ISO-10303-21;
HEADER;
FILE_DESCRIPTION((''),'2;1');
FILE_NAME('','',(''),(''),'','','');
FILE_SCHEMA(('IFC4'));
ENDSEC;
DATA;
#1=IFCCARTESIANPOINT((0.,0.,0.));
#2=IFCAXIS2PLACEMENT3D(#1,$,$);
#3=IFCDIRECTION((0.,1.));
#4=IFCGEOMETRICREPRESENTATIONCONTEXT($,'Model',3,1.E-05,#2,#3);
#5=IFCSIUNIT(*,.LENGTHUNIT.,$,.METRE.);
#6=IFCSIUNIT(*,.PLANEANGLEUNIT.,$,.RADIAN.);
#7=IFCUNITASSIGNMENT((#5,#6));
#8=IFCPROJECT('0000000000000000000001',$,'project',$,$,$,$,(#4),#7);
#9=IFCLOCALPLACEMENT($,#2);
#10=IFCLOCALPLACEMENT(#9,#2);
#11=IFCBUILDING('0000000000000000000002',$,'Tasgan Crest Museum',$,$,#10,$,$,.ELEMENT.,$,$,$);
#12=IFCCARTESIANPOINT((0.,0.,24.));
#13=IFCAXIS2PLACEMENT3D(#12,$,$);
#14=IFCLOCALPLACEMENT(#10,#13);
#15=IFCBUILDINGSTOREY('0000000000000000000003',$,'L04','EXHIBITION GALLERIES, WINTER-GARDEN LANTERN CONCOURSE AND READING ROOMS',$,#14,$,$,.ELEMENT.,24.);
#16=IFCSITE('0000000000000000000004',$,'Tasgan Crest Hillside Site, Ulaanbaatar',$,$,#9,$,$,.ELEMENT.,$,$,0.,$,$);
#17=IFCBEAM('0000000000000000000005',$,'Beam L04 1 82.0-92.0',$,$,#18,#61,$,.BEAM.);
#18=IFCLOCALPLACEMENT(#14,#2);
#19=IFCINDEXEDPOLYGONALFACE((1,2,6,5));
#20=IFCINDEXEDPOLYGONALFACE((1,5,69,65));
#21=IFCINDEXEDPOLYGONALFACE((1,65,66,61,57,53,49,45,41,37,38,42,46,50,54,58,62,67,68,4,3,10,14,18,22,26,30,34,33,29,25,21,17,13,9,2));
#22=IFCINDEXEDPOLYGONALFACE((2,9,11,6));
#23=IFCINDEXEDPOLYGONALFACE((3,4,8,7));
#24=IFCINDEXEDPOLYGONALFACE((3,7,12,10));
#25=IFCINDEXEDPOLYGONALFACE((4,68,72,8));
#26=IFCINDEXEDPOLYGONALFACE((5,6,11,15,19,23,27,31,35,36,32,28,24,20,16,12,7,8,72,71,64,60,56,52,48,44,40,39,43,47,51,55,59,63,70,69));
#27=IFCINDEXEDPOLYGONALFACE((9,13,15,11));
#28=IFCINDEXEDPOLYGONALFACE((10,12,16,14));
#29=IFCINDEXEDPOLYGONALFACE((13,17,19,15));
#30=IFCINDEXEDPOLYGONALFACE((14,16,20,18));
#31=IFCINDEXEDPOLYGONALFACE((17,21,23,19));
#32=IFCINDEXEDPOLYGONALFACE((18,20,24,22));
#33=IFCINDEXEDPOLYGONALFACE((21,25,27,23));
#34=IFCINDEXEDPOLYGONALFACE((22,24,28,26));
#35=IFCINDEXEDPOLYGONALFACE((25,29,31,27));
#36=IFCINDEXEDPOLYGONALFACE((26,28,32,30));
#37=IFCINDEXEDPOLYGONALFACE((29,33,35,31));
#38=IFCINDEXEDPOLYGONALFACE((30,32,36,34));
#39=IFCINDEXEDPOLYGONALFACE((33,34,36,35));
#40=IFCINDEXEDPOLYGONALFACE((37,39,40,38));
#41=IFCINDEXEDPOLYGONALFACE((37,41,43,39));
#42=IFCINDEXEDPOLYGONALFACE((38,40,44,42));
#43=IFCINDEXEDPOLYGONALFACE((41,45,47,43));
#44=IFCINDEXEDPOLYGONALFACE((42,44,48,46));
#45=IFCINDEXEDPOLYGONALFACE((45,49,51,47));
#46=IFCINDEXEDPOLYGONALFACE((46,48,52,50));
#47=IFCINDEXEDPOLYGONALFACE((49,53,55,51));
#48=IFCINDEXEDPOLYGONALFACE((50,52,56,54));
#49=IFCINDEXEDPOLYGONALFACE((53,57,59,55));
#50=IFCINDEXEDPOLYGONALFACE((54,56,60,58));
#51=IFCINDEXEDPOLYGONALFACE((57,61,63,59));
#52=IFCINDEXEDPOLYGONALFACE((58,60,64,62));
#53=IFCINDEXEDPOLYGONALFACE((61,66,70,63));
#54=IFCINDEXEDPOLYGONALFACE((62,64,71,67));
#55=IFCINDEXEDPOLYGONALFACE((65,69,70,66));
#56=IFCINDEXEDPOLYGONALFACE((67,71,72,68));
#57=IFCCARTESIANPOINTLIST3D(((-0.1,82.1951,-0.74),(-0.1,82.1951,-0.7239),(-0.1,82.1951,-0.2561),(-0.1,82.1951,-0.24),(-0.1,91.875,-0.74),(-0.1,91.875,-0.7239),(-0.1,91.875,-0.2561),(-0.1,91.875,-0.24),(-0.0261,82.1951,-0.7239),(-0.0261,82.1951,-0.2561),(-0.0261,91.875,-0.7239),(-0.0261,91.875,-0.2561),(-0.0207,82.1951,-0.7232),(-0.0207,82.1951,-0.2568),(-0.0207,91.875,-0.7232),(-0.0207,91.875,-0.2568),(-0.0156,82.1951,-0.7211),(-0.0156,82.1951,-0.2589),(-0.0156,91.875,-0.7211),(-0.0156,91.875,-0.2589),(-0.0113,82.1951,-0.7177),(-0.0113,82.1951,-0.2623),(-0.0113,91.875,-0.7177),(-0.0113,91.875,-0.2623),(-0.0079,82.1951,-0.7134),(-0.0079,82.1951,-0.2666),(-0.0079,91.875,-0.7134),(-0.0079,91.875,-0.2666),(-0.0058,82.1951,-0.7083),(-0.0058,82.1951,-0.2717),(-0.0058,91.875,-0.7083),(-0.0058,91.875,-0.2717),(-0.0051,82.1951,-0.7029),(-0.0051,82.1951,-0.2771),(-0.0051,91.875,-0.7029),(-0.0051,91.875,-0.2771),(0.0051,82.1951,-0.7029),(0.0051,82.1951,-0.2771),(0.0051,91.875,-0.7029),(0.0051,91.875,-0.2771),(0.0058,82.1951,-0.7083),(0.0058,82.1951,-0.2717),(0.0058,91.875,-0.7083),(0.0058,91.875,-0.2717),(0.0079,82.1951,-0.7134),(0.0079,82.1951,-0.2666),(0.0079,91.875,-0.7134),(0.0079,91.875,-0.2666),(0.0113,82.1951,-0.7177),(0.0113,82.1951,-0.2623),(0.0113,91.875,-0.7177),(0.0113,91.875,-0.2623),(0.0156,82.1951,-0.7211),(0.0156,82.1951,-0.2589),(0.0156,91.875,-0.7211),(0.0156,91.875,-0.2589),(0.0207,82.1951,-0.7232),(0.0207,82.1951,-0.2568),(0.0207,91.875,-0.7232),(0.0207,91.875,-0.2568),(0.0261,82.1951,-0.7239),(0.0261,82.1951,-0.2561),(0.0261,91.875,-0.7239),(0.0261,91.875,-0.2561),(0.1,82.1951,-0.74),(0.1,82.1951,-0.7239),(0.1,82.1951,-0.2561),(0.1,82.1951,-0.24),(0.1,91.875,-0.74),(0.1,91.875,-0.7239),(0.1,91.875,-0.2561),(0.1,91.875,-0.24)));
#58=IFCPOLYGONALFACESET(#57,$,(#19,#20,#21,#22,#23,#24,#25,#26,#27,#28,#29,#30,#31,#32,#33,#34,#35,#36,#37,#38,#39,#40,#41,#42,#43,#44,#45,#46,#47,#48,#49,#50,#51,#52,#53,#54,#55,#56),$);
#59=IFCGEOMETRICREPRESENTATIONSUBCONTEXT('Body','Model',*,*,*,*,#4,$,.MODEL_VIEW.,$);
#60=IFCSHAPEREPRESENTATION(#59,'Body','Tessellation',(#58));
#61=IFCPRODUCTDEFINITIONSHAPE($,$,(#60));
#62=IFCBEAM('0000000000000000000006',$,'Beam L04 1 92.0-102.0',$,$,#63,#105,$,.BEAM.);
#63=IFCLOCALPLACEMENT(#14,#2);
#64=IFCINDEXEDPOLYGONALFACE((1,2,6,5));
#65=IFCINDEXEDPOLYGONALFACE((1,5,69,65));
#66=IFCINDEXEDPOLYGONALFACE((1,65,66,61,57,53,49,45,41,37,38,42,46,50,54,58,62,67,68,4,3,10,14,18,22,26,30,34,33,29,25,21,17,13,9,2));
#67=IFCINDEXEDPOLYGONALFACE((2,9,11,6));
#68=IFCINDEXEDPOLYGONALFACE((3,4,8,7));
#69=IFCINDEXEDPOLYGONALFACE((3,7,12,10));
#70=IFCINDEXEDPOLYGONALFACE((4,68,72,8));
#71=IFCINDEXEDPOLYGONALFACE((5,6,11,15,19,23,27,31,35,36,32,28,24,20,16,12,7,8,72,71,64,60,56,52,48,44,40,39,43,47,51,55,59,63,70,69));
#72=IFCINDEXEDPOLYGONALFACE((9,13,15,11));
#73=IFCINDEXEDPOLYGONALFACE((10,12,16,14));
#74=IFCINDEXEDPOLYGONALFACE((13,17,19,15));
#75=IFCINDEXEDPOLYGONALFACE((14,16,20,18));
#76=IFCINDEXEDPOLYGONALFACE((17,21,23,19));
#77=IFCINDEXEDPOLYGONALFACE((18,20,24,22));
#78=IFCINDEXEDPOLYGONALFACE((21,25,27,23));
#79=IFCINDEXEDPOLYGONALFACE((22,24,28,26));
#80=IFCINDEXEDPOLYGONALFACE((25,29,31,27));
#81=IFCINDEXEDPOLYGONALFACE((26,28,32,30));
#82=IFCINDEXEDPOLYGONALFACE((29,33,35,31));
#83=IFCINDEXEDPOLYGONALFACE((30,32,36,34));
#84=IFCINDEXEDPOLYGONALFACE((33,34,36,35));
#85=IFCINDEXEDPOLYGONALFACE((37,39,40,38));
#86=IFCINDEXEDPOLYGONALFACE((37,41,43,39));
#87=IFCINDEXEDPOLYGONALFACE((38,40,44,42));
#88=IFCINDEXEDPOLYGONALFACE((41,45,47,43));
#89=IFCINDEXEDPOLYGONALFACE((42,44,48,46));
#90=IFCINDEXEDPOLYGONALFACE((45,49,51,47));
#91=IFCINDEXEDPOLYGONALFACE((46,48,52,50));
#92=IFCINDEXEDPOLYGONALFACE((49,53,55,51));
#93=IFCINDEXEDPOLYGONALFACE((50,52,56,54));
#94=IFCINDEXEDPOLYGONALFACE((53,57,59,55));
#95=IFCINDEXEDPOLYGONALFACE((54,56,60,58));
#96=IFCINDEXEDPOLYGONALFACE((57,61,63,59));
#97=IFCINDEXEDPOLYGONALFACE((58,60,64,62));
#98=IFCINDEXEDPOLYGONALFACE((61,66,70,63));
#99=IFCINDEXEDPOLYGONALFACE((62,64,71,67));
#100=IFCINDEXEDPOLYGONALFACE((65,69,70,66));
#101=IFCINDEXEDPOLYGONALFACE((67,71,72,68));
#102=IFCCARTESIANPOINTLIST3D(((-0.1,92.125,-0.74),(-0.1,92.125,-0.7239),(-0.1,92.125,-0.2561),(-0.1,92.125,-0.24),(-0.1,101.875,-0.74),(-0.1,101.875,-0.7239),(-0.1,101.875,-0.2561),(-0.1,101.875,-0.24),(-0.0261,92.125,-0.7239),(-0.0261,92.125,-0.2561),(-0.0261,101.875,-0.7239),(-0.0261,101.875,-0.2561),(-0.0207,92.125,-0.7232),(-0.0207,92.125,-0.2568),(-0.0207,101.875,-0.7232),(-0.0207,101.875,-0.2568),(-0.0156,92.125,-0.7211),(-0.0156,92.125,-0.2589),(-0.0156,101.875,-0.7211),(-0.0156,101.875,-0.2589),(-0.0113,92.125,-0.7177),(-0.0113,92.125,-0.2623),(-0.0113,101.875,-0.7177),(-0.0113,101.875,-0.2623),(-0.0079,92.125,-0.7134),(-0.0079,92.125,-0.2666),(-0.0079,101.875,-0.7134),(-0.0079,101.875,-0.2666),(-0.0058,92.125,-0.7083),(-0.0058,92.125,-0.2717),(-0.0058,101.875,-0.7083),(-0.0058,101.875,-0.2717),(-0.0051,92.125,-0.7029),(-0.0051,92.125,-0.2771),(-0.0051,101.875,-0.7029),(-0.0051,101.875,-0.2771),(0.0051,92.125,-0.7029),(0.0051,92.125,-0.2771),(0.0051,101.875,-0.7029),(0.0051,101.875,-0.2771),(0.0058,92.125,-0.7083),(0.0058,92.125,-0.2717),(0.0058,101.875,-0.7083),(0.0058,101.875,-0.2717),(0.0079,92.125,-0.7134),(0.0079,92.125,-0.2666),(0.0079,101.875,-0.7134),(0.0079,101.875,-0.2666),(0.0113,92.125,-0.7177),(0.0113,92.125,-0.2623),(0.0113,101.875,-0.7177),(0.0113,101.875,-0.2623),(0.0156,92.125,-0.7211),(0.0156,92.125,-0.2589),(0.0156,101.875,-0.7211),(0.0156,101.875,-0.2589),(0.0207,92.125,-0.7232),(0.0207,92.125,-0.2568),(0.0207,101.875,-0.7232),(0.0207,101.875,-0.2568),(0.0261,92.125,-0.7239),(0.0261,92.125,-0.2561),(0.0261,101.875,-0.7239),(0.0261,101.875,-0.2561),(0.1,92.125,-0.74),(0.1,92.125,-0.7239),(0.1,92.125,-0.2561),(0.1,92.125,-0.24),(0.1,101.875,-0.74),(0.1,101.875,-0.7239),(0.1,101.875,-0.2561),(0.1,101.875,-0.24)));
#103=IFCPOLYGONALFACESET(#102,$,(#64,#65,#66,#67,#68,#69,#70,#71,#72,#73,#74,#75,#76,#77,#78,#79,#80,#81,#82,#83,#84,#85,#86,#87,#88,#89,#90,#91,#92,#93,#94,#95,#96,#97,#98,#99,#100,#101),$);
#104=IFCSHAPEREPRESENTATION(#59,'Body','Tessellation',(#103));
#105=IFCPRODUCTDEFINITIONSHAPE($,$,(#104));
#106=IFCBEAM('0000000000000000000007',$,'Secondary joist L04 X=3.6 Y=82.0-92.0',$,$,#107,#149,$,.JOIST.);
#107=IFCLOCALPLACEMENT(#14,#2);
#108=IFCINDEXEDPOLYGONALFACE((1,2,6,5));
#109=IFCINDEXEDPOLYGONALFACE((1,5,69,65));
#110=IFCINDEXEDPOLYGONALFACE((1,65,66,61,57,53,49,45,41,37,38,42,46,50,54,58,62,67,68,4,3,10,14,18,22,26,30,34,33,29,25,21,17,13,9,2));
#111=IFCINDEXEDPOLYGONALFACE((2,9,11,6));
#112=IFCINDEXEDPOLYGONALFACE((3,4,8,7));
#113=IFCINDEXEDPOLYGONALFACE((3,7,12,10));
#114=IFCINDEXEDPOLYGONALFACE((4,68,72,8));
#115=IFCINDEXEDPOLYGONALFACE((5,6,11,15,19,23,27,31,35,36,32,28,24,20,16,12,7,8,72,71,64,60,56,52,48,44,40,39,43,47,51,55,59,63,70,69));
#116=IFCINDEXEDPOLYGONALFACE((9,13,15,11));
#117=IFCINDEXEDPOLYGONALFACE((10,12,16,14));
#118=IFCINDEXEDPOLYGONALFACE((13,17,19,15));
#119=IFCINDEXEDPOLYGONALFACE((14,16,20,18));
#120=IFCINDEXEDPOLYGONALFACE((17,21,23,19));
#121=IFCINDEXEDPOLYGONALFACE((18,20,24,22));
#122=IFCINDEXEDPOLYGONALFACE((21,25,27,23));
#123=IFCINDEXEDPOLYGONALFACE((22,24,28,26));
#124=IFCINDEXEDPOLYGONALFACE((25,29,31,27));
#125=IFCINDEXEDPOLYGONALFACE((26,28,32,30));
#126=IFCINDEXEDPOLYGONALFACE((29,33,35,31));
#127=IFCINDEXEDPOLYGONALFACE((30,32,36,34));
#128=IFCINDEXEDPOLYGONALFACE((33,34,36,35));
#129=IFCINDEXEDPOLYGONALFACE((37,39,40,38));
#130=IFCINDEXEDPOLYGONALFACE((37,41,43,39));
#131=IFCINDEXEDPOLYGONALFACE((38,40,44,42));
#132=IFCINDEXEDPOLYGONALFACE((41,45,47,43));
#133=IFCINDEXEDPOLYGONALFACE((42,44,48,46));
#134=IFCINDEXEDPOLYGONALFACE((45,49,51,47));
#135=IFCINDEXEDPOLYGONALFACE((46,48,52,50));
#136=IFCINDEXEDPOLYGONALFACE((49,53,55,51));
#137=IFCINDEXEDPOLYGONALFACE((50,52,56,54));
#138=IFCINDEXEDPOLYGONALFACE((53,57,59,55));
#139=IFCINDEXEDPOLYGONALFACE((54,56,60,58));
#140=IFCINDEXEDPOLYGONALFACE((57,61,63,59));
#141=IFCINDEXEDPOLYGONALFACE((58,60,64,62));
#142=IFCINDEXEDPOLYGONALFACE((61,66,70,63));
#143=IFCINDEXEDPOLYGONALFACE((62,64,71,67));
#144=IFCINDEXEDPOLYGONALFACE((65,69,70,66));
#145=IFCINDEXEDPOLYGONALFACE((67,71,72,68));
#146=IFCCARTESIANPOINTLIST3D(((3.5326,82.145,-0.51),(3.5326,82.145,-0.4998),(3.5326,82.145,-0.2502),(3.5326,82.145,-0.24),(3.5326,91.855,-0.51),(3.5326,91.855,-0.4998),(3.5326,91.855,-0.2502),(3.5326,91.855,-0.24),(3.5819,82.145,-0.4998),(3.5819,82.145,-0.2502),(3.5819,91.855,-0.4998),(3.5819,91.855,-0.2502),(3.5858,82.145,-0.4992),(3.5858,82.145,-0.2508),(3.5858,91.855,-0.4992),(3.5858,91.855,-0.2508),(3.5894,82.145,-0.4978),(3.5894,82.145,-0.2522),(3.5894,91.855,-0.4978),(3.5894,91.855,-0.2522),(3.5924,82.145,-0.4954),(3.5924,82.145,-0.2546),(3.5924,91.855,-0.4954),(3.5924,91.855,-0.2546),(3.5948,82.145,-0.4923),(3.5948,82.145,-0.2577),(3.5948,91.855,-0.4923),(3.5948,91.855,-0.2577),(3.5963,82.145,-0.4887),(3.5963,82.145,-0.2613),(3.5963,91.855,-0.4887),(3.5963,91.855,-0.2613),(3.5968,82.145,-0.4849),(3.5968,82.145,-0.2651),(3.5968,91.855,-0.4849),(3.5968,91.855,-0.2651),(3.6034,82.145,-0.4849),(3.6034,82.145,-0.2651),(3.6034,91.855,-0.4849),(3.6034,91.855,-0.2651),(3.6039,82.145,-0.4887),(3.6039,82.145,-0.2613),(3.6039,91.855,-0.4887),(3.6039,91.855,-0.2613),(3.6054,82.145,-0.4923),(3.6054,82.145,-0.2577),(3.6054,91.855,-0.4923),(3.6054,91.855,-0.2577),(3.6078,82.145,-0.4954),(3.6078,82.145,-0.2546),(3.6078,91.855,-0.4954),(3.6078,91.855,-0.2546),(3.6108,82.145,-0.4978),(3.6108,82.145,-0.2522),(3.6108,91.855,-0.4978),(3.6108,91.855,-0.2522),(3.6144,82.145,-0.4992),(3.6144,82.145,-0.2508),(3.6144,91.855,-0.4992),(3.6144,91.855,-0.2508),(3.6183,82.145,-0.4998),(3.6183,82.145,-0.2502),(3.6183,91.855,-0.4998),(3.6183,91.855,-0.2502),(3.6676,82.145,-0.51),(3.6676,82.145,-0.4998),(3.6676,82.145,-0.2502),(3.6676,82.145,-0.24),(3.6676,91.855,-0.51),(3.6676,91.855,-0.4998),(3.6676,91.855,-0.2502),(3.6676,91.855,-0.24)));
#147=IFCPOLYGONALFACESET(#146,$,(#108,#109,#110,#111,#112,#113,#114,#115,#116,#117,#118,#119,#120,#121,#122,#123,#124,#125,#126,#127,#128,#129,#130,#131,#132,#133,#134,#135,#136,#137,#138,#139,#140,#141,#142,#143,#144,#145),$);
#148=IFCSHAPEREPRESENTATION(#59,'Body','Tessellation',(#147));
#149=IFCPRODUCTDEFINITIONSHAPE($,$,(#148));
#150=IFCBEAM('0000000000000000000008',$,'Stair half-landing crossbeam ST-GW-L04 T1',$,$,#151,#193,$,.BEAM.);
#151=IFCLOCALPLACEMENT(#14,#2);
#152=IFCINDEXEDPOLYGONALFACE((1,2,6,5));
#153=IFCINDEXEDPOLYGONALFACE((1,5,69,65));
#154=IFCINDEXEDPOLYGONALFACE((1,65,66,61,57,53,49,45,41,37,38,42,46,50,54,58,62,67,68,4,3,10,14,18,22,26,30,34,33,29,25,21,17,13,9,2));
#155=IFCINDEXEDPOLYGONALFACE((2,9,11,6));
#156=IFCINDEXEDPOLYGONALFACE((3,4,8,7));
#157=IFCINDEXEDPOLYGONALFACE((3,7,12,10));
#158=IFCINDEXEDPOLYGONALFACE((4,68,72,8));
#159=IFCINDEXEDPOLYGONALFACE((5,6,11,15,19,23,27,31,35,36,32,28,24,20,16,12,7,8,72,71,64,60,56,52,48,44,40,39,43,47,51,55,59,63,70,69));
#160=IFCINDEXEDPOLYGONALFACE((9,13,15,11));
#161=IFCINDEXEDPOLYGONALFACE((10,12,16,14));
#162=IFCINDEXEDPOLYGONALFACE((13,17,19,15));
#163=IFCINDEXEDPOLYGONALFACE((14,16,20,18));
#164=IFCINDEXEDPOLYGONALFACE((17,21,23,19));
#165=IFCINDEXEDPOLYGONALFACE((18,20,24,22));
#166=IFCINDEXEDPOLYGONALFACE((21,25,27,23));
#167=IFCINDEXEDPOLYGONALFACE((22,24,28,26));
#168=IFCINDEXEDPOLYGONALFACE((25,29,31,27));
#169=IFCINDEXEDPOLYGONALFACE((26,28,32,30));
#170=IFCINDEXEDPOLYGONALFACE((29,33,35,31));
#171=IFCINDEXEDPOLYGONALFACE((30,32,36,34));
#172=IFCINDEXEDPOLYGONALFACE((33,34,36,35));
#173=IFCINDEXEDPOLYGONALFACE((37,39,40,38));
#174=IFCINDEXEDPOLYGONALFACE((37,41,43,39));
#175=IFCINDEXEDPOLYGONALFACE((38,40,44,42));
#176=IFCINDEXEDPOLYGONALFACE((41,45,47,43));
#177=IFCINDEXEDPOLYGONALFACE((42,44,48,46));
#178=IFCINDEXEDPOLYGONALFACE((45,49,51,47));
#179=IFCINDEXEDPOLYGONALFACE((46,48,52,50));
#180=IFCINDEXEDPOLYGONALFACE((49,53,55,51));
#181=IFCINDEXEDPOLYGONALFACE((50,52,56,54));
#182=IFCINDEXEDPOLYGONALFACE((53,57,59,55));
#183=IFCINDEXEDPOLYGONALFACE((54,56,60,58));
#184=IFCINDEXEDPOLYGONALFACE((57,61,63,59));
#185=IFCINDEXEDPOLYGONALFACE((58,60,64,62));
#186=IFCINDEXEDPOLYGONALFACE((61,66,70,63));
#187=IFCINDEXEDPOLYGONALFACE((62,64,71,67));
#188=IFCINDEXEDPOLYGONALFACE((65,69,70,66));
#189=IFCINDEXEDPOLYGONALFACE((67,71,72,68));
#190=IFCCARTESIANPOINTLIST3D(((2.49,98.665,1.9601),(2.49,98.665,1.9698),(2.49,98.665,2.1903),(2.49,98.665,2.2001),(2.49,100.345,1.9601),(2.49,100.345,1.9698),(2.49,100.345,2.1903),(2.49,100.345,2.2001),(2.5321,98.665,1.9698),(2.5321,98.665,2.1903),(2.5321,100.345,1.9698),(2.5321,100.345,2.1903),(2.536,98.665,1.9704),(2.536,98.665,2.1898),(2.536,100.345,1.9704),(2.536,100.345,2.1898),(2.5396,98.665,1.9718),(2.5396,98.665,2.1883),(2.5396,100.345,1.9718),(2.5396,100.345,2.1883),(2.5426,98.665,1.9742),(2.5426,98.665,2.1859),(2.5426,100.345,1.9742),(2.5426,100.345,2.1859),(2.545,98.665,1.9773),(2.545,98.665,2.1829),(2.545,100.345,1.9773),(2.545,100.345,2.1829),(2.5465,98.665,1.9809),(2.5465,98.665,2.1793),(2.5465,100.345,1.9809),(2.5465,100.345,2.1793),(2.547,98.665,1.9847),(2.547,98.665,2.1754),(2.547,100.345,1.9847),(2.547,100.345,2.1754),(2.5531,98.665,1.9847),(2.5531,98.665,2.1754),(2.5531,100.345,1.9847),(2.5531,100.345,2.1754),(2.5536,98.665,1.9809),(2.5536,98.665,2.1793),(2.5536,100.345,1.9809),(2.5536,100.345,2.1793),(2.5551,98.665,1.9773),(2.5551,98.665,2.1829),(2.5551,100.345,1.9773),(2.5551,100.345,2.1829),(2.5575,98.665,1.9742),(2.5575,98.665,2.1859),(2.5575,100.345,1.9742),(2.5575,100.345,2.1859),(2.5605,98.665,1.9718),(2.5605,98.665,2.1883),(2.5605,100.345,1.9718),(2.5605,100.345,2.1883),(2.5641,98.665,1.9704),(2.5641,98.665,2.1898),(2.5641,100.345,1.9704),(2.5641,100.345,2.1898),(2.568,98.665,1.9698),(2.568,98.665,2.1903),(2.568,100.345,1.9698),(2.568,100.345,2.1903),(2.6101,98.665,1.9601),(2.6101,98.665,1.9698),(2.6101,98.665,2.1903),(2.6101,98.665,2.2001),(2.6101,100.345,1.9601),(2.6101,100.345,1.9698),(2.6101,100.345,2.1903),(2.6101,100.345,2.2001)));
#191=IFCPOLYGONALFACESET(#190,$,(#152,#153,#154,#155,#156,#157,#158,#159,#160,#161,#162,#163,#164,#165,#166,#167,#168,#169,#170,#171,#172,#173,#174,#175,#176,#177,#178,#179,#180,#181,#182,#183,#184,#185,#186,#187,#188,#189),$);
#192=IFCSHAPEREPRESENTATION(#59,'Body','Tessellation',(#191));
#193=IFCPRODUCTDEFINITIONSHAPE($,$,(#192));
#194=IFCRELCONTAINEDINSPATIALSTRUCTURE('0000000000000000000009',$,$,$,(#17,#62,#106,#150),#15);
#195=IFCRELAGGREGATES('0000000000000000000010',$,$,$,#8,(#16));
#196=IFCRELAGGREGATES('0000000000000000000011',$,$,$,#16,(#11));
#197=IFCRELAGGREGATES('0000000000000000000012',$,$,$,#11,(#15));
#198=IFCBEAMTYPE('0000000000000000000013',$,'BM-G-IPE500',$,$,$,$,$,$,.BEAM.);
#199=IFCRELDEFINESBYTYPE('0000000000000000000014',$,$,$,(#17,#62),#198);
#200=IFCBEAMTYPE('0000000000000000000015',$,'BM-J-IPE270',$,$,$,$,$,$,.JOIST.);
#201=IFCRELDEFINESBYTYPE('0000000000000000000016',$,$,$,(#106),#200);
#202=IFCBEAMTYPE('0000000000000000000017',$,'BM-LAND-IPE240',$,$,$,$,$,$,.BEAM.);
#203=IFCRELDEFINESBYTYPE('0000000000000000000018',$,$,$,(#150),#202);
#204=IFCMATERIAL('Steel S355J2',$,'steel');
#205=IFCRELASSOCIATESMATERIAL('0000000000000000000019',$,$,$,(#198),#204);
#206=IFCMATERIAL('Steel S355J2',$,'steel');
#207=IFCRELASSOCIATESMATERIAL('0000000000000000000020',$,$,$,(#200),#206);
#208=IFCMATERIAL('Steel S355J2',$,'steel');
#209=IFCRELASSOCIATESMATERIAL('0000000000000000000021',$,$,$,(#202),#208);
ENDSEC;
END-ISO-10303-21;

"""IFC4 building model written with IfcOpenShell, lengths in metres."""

from ifc_helpers import new_model, si_unit, direction, frame, origin, origin_2d, place, context, subcontext, project, spatial, i_section, extrude, material, material_profile, profile_set, type_object, element, save


model = new_model("IFC4")

# Units and contexts
model_context = context("Model", 3, precision=1e-05, world=origin(), true_north=direction((0.0, 1.0)))
body_context = subcontext(model_context, "Body", "Model", "MODEL_VIEW")
ifc_project = project(units=[si_unit("LENGTHUNIT", "METRE"), si_unit("PLANEANGLEUNIT", "RADIAN")], contexts=[model_context])

# Site, building, storey
site_placement = place(None, origin())
site = spatial("IfcSite", under=ifc_project, at=site_placement, Name="Tasgan Crest Hillside Site, Ulaanbaatar", CompositionType="ELEMENT", RefElevation=0.0)
building_placement = place(site_placement, origin())
building = spatial("IfcBuilding", under=site, at=building_placement, Name="Tasgan Crest Museum", CompositionType="ELEMENT")
storey_placement = place(building_placement, frame((0.0, 0.0, 24.0)))
storey = spatial("IfcBuildingStorey", under=building, at=storey_placement, Name="L04", Description="EXHIBITION GALLERIES, WINTER-GARDEN LANTERN CONCOURSE AND READING ROOMS", CompositionType="ELEMENT", Elevation=24.0)

# Beams
ifc_material_1 = material(Name="Steel S355J2", Category="steel")
ifc_material_profile_1 = material_profile(ifc_material_1, i_section(OverallWidth=0.2, OverallDepth=0.5, WebThickness=0.0103, FlangeThickness=0.0161, FilletRadius=0.021, at=origin_2d()), Name="IPE 500")
ifc_profile_set_1 = profile_set([ifc_material_profile_1], Name="Steel S355J2")
beam_type_1 = type_object("IfcBeamType", Name="BM-G-IPE500", PredefinedType="BEAM", material=ifc_profile_set_1)
beam_1_placement = place(storey_placement, frame((0.0, 82.1951, -0.49), z_axis=(0.0, 1.0, 0.0), x_axis=(-1.0, 0.0, 0.0)))
element("IfcBeam", 1, at=beam_1_placement, inside=storey, type_object=beam_type_1, Name="Beam L04 1 82.0-92.0", PredefinedType="BEAM", context=body_context, shape_type="SweptSolid", body=[
    extrude(i_section(OverallWidth=0.2, OverallDepth=0.5, WebThickness=0.0103, FlangeThickness=0.0161, FilletRadius=0.021, at=origin_2d()), origin(), (0.0, 0.0, 1.0), 9.6799),
])
beam_2_placement = place(storey_placement, frame((0.0, 92.125, -0.49), z_axis=(0.0, 1.0, 0.0), x_axis=(-1.0, 0.0, 0.0)))
element("IfcBeam", 2, at=beam_2_placement, inside=storey, type_object=beam_type_1, Name="Beam L04 1 92.0-102.0", PredefinedType="BEAM", context=body_context, shape_type="SweptSolid", body=[
    extrude(i_section(OverallWidth=0.2, OverallDepth=0.5, WebThickness=0.0103, FlangeThickness=0.0161, FilletRadius=0.021, at=origin_2d()), origin(), (0.0, 0.0, 1.0), 9.75),
])
ifc_material_2 = material(Name="Steel S355J2", Category="steel")
ifc_material_profile_2 = material_profile(ifc_material_2, i_section(OverallWidth=0.135, OverallDepth=0.27, WebThickness=0.0066, FlangeThickness=0.0103, FilletRadius=0.0149, at=origin_2d()), Name="IPE 270")
ifc_profile_set_2 = profile_set([ifc_material_profile_2], Name="Steel S355J2")
beam_type_2 = type_object("IfcBeamType", Name="BM-J-IPE270", PredefinedType="JOIST", material=ifc_profile_set_2)
beam_3_placement = place(storey_placement, frame((3.6001, 82.145, -0.375), z_axis=(0.0, 1.0, 0.0), x_axis=(-1.0, 0.0, 0.0)))
element("IfcBeam", 3, at=beam_3_placement, inside=storey, type_object=beam_type_2, Name="Secondary joist L04 X=3.6 Y=82.0-92.0", PredefinedType="JOIST", context=body_context, shape_type="SweptSolid", body=[
    extrude(i_section(OverallWidth=0.135, OverallDepth=0.27, WebThickness=0.0066, FlangeThickness=0.0103, FilletRadius=0.0149, at=origin_2d()), origin(), (0.0, 0.0, 1.0), 9.71),
])
ifc_material_3 = material(Name="Steel S355J2", Category="steel")
ifc_material_profile_3 = material_profile(ifc_material_3, i_section(OverallWidth=0.1201, OverallDepth=0.24, WebThickness=0.0061, FlangeThickness=0.0098, FilletRadius=0.0149, at=origin_2d()), Name="IPE 240")
ifc_profile_set_3 = profile_set([ifc_material_profile_3], Name="Steel S355J2")
beam_type_3 = type_object("IfcBeamType", Name="BM-LAND-IPE240", PredefinedType="BEAM", material=ifc_profile_set_3)
beam_4_placement = place(storey_placement, frame((2.55, 98.665, 2.0801), z_axis=(0.0, 1.0, 0.0), x_axis=(-1.0, 0.0, 0.0)))
element("IfcBeam", 4, at=beam_4_placement, inside=storey, type_object=beam_type_3, Name="Stair half-landing crossbeam ST-GW-L04 T1", PredefinedType="BEAM", context=body_context, shape_type="SweptSolid", body=[
    extrude(i_section(OverallWidth=0.1201, OverallDepth=0.24, WebThickness=0.0061, FlangeThickness=0.0098, FilletRadius=0.0149, at=origin_2d()), origin(), (0.0, 0.0, 1.0), 1.6799),
])

save(model, "model.ifc")
